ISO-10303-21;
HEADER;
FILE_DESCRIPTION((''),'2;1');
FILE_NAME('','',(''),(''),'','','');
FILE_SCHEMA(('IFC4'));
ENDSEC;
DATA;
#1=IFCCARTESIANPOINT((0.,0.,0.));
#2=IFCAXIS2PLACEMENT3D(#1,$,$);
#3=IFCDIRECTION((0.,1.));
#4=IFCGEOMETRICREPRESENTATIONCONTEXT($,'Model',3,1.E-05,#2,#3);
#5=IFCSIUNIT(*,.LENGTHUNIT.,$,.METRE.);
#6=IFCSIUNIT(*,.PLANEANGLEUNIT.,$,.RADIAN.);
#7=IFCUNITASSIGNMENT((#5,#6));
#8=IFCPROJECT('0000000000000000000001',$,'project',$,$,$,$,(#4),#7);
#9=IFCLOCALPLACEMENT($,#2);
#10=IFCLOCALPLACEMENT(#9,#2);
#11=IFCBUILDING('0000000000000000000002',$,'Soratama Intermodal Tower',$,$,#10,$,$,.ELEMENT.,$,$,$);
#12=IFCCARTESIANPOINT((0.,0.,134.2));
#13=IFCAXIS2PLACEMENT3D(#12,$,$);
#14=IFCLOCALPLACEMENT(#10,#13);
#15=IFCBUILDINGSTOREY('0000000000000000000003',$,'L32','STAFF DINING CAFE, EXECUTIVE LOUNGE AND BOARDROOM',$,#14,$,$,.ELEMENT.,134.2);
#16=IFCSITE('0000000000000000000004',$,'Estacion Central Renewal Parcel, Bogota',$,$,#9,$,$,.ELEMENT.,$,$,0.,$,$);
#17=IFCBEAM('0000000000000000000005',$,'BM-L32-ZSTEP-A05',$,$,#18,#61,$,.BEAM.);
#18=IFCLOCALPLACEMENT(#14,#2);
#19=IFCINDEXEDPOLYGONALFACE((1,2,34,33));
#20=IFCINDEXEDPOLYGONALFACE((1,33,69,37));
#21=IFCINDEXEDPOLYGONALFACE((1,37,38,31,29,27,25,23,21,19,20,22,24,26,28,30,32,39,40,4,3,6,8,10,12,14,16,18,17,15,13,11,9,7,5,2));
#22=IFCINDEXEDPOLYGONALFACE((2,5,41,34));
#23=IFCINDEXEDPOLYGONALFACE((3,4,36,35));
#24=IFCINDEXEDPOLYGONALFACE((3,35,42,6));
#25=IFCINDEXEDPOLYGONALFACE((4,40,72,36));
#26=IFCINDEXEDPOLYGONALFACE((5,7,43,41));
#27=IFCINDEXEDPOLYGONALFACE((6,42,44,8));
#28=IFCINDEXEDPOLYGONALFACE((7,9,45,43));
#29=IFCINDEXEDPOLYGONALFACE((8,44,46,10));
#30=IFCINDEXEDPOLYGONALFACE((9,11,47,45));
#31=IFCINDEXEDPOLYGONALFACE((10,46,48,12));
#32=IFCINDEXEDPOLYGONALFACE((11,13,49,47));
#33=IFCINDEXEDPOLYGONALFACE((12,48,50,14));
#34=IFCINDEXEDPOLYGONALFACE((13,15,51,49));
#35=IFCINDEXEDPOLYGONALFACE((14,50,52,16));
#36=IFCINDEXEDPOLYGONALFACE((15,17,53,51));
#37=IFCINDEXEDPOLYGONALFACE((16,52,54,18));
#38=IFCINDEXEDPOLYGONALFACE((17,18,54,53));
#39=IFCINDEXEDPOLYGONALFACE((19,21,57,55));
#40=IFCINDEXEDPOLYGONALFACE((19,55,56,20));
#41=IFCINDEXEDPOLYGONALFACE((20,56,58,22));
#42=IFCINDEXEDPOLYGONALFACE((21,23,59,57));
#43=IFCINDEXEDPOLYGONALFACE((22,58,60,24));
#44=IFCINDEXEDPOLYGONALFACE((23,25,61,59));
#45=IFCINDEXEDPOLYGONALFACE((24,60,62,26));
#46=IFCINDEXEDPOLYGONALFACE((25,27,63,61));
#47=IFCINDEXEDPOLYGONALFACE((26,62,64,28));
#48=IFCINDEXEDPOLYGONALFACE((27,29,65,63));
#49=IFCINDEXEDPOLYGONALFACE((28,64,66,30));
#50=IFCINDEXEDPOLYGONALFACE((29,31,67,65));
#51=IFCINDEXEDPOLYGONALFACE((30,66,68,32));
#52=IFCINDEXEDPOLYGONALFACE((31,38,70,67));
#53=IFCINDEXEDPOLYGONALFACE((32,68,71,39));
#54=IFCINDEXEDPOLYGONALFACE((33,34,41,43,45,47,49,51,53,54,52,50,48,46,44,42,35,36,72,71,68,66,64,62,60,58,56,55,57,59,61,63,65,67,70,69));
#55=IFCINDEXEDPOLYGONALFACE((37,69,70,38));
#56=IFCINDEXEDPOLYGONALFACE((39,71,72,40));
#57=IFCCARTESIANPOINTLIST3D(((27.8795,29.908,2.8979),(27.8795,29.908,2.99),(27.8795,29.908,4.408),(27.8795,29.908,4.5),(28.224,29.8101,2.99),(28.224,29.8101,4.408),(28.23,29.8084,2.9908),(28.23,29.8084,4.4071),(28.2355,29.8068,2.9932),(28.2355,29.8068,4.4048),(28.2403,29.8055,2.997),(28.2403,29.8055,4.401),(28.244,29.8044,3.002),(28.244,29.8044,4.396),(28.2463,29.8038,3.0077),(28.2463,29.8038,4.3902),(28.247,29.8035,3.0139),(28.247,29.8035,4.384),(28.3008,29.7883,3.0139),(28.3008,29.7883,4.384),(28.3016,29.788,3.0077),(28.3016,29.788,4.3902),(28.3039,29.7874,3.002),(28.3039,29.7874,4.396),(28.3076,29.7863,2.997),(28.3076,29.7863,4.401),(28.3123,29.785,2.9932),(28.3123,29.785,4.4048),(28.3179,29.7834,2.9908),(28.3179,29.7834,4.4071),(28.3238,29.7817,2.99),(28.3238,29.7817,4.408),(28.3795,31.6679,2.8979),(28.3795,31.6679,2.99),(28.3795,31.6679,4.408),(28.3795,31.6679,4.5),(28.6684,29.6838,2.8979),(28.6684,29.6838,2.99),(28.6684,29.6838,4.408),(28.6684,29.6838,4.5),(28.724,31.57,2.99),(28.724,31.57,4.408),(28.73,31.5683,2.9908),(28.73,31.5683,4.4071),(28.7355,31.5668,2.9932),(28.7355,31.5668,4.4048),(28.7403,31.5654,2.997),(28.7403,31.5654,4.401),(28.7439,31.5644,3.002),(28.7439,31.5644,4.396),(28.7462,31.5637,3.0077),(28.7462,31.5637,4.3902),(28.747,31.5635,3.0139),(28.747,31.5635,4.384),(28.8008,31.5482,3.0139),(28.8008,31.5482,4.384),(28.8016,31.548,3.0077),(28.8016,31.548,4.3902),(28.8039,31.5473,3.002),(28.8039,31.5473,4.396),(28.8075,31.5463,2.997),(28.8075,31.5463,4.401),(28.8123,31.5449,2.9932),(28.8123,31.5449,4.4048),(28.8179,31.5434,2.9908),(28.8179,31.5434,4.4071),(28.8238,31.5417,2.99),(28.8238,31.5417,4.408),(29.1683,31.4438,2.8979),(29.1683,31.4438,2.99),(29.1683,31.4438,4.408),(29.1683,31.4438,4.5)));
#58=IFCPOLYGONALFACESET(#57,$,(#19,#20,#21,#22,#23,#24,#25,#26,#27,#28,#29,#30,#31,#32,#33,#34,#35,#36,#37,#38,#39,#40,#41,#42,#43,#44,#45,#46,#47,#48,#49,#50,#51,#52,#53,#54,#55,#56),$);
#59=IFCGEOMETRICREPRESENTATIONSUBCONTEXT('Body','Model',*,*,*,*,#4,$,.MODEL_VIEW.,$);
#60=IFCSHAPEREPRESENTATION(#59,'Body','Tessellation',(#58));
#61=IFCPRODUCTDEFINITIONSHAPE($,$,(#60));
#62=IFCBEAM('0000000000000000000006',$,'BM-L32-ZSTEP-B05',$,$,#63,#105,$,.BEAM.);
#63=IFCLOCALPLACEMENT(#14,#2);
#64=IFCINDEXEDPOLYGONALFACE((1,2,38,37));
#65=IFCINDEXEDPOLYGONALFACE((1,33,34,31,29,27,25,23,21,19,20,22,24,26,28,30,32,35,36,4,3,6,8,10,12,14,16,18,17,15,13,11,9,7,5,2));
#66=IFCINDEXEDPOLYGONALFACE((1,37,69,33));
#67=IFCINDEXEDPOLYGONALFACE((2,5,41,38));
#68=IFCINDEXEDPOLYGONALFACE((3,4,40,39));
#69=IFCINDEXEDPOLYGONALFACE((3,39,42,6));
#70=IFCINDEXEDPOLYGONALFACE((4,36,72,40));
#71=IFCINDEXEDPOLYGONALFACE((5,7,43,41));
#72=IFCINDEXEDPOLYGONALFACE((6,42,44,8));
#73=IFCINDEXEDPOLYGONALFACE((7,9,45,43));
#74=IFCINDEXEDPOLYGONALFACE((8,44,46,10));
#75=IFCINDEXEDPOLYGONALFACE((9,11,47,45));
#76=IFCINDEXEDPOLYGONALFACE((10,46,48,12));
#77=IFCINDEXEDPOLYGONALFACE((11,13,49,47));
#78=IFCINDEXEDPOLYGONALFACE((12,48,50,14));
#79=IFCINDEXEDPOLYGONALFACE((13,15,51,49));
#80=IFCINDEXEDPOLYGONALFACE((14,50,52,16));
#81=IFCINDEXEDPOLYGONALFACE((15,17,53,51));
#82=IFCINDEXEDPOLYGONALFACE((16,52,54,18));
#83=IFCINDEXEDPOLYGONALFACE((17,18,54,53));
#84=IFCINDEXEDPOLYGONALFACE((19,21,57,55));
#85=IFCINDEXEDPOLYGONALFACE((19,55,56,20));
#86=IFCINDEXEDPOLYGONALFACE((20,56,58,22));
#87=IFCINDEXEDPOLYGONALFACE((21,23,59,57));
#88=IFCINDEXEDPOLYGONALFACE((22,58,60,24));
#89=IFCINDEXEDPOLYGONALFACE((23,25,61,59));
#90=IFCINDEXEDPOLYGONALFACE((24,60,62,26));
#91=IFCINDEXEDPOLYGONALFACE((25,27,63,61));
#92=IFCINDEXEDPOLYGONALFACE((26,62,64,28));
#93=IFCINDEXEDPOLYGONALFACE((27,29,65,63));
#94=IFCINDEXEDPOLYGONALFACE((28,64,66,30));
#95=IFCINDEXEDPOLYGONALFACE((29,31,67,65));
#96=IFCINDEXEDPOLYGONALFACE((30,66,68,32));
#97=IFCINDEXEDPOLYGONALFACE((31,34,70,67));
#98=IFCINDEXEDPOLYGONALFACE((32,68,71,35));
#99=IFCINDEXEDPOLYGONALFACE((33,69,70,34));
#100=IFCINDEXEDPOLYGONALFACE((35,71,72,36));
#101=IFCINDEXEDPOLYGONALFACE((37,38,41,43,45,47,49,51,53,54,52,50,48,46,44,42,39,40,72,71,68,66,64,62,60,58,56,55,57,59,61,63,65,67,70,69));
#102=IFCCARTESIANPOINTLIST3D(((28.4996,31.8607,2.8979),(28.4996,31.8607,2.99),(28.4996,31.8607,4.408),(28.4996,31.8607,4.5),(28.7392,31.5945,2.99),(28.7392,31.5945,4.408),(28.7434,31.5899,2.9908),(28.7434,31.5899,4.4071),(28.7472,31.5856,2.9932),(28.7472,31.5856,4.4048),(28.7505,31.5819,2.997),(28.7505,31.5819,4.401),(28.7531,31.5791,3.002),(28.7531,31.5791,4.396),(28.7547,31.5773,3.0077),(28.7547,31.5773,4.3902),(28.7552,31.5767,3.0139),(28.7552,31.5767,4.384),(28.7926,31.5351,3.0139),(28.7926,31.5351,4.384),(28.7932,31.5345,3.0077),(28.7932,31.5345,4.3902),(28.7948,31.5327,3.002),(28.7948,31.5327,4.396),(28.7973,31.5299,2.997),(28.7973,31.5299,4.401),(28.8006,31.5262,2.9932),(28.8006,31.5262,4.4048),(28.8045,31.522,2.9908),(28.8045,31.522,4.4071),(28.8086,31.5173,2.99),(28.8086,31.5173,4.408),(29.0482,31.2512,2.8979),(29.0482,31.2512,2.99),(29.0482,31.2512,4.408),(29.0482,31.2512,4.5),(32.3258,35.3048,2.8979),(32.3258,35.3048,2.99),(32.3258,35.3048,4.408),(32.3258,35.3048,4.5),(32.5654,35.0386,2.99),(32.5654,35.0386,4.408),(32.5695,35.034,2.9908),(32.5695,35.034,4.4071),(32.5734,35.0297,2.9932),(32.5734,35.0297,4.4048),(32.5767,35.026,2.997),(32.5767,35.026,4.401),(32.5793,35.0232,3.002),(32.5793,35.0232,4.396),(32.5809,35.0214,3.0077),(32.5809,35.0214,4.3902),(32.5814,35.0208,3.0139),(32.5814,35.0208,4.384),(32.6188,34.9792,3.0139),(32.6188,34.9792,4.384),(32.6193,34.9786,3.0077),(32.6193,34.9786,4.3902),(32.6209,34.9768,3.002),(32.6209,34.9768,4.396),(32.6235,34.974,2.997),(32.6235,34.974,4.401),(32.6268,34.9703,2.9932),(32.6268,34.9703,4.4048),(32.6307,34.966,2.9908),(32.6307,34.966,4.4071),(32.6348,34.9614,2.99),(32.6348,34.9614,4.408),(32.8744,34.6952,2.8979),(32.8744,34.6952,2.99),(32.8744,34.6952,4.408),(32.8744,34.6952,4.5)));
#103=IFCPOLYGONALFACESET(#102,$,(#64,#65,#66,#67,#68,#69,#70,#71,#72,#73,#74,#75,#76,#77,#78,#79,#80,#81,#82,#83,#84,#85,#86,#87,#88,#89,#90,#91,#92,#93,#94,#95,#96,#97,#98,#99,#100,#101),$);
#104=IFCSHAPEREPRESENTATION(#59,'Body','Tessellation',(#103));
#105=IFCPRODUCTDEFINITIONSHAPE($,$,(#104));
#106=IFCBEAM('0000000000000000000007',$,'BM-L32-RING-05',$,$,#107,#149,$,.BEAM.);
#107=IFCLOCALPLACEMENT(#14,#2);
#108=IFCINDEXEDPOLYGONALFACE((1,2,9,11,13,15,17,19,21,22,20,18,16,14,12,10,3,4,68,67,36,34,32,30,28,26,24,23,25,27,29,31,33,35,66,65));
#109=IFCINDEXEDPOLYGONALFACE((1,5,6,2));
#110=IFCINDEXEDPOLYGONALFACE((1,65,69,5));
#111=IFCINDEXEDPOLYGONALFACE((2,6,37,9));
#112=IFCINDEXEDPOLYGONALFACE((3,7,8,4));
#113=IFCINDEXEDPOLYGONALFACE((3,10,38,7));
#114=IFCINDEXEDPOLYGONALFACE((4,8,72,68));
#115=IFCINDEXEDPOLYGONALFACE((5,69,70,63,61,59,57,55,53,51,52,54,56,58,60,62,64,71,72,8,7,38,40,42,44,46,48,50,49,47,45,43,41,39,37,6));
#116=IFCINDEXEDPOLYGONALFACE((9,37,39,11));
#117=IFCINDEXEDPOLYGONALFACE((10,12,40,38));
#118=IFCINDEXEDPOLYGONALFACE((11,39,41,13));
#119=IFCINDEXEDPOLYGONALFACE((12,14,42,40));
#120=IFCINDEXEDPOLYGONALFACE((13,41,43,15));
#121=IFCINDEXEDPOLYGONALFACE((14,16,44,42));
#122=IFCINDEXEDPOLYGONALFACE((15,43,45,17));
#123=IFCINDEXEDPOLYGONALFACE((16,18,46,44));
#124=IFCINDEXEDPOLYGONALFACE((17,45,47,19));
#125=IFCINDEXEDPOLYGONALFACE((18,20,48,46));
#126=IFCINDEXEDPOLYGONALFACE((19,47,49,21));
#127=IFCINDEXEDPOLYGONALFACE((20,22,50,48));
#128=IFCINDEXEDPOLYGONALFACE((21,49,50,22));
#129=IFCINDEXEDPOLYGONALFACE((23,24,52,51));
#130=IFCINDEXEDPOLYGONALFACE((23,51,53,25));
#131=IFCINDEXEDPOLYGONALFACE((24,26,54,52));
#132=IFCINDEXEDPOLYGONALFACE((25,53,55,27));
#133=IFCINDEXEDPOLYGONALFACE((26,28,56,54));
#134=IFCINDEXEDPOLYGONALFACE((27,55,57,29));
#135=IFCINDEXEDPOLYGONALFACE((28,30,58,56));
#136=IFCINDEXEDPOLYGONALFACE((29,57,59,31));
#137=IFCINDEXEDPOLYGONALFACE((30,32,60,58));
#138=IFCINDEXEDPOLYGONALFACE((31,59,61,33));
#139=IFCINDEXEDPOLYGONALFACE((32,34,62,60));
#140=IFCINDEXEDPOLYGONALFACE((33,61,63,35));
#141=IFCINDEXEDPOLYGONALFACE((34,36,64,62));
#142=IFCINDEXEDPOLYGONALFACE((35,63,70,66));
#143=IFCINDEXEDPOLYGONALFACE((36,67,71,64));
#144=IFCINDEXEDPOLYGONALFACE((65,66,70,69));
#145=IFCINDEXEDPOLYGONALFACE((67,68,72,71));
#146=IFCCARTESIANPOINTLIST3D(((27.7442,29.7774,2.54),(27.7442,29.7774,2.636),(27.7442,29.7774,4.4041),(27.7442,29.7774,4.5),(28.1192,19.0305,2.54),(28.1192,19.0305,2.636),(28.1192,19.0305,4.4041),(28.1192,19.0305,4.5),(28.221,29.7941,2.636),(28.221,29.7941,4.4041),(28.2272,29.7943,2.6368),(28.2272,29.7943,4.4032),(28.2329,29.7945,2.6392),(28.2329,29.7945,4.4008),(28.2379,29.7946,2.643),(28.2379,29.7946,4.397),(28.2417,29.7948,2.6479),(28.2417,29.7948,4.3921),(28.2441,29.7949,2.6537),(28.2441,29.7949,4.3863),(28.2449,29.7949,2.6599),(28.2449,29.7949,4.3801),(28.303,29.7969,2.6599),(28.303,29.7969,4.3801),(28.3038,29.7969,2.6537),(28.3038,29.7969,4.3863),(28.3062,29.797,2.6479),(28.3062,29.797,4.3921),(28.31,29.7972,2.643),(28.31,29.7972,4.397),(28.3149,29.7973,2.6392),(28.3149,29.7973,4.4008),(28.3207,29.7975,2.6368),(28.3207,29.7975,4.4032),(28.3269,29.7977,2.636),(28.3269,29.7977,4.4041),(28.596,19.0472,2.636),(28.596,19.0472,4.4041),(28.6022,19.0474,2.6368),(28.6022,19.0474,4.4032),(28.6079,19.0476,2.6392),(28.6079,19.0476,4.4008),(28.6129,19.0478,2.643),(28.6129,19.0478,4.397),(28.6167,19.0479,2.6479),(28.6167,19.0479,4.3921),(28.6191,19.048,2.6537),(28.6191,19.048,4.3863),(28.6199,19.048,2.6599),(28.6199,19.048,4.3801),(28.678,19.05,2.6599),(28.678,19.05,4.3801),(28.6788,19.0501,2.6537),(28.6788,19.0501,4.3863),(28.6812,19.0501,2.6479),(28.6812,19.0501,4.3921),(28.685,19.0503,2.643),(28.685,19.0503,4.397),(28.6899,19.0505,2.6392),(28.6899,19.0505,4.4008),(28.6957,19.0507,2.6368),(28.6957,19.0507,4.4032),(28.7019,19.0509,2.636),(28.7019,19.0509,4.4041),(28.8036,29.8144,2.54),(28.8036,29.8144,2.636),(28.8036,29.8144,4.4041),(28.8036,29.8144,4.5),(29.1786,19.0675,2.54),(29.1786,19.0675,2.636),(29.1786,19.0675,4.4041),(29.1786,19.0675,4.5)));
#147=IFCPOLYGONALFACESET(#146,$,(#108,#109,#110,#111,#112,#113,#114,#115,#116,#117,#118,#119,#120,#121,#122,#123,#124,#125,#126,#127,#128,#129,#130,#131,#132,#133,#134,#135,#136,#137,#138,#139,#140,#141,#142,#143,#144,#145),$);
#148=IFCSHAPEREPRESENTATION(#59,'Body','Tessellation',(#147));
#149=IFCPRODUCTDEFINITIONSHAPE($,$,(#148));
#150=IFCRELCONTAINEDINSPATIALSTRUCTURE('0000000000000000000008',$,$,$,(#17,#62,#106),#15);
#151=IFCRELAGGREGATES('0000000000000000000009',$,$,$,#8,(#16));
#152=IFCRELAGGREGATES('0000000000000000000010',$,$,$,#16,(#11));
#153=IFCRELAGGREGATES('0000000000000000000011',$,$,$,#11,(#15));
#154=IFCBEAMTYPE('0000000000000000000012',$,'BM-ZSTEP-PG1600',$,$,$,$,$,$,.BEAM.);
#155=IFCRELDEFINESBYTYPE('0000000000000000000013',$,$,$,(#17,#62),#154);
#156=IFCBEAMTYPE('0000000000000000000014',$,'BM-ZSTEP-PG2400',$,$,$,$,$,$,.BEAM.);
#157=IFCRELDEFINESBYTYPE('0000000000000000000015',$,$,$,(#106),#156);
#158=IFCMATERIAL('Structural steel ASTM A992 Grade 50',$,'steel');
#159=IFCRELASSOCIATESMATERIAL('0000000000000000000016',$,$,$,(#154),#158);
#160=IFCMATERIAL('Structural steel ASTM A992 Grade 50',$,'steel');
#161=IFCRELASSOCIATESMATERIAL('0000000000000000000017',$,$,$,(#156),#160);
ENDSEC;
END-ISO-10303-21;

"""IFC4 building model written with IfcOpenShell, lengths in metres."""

from ifc_helpers import new_model, si_unit, direction, frame, origin, origin_2d, place, context, subcontext, project, spatial, i_section, extrude, material, material_profile, profile_set, type_object, element, save


model = new_model("IFC4")

# Units and contexts
model_context = context("Model", 3, precision=1e-05, world=origin(), true_north=direction((0.0, 1.0)))
body_context = subcontext(model_context, "Body", "Model", "MODEL_VIEW")
ifc_project = project(units=[si_unit("LENGTHUNIT", "METRE"), si_unit("PLANEANGLEUNIT", "RADIAN")], contexts=[model_context])

# Site, building, storey
site_placement = place(None, origin())
site = spatial("IfcSite", under=ifc_project, at=site_placement, Name="Estacion Central Renewal Parcel, Bogota", CompositionType="ELEMENT", RefElevation=0.0)
building_placement = place(site_placement, origin())
building = spatial("IfcBuilding", under=site, at=building_placement, Name="Soratama Intermodal Tower", CompositionType="ELEMENT")
storey_placement = place(building_placement, frame((0.0, 0.0, 134.2)))
storey = spatial("IfcBuildingStorey", under=building, at=storey_placement, Name="L32", Description="STAFF DINING CAFE, EXECUTIVE LOUNGE AND BOARDROOM", CompositionType="ELEMENT", Elevation=134.2)

# Beams
ifc_material_1 = material(Name="Structural steel ASTM A992 Grade 50", Category="steel")
ifc_material_profile_1 = material_profile(ifc_material_1, i_section(OverallWidth=0.8201, OverallDepth=1.6021, WebThickness=0.0559, FlangeThickness=0.092, FilletRadius=0.0239, at=origin_2d()), Name="PG1600X650")
ifc_profile_set_1 = profile_set([ifc_material_profile_1], Name="Structural steel ASTM A992 Grade 50")
beam_type_1 = type_object("IfcBeamType", Name="BM-ZSTEP-PG1600", PredefinedType="BEAM", material=ifc_profile_set_1)
beam_1_placement = place(storey_placement, frame((28.2739, 29.7959, 3.699), z_axis=(0.273276, 0.961936, 0.0), x_axis=(-0.961936, 0.273276, 0.0)))
element("IfcBeam", 1, at=beam_1_placement, inside=storey, type_object=beam_type_1, Name="BM-L32-ZSTEP-A05", PredefinedType="BEAM", context=body_context, shape_type="SweptSolid", body=[
    extrude(i_section(OverallWidth=0.8201, OverallDepth=1.6021, WebThickness=0.0559, FlangeThickness=0.092, FilletRadius=0.0239, at=origin_2d()), origin(), (0.0, 0.0, 1.0), 1.8296),
])
beam_2_placement = place(storey_placement, frame((28.7739, 31.5559, 3.699), z_axis=(0.743242, 0.669022, 0.0), x_axis=(-0.669022, 0.743242, 0.0)))
element("IfcBeam", 2, at=beam_2_placement, inside=storey, type_object=beam_type_1, Name="BM-L32-ZSTEP-B05", PredefinedType="BEAM", context=body_context, shape_type="SweptSolid", body=[
    extrude(i_section(OverallWidth=0.8201, OverallDepth=1.6021, WebThickness=0.0559, FlangeThickness=0.092, FilletRadius=0.0239, at=origin_2d()), origin(), (0.0, 0.0, 1.0), 5.1479),
])
ifc_material_2 = material(Name="Structural steel ASTM A992 Grade 50", Category="steel")
ifc_material_profile_2 = material_profile(ifc_material_2, i_section(OverallWidth=1.0601, OverallDepth=1.96, WebThickness=0.0581, FlangeThickness=0.0959, FilletRadius=0.0239, at=origin_2d()), Name="PG2400X900")
ifc_profile_set_2 = profile_set([ifc_material_profile_2], Name="Structural steel ASTM A992 Grade 50")
beam_type_2 = type_object("IfcBeamType", Name="BM-ZSTEP-PG2400", PredefinedType="BEAM", material=ifc_profile_set_2)
beam_3_placement = place(storey_placement, frame((28.2739, 29.7959, 3.52), z_axis=(0.034873, -0.999392, 0.0), x_axis=(0.999392, 0.034873, 0.0)))
element("IfcBeam", 3, at=beam_3_placement, inside=storey, type_object=beam_type_2, Name="BM-L32-RING-05", PredefinedType="BEAM", context=body_context, shape_type="SweptSolid", body=[
    extrude(i_section(OverallWidth=1.0601, OverallDepth=1.96, WebThickness=0.0581, FlangeThickness=0.0959, FilletRadius=0.0239, at=origin_2d()), origin(), (0.0, 0.0, 1.0), 10.7534),
])

save(model, "model.ifc")
